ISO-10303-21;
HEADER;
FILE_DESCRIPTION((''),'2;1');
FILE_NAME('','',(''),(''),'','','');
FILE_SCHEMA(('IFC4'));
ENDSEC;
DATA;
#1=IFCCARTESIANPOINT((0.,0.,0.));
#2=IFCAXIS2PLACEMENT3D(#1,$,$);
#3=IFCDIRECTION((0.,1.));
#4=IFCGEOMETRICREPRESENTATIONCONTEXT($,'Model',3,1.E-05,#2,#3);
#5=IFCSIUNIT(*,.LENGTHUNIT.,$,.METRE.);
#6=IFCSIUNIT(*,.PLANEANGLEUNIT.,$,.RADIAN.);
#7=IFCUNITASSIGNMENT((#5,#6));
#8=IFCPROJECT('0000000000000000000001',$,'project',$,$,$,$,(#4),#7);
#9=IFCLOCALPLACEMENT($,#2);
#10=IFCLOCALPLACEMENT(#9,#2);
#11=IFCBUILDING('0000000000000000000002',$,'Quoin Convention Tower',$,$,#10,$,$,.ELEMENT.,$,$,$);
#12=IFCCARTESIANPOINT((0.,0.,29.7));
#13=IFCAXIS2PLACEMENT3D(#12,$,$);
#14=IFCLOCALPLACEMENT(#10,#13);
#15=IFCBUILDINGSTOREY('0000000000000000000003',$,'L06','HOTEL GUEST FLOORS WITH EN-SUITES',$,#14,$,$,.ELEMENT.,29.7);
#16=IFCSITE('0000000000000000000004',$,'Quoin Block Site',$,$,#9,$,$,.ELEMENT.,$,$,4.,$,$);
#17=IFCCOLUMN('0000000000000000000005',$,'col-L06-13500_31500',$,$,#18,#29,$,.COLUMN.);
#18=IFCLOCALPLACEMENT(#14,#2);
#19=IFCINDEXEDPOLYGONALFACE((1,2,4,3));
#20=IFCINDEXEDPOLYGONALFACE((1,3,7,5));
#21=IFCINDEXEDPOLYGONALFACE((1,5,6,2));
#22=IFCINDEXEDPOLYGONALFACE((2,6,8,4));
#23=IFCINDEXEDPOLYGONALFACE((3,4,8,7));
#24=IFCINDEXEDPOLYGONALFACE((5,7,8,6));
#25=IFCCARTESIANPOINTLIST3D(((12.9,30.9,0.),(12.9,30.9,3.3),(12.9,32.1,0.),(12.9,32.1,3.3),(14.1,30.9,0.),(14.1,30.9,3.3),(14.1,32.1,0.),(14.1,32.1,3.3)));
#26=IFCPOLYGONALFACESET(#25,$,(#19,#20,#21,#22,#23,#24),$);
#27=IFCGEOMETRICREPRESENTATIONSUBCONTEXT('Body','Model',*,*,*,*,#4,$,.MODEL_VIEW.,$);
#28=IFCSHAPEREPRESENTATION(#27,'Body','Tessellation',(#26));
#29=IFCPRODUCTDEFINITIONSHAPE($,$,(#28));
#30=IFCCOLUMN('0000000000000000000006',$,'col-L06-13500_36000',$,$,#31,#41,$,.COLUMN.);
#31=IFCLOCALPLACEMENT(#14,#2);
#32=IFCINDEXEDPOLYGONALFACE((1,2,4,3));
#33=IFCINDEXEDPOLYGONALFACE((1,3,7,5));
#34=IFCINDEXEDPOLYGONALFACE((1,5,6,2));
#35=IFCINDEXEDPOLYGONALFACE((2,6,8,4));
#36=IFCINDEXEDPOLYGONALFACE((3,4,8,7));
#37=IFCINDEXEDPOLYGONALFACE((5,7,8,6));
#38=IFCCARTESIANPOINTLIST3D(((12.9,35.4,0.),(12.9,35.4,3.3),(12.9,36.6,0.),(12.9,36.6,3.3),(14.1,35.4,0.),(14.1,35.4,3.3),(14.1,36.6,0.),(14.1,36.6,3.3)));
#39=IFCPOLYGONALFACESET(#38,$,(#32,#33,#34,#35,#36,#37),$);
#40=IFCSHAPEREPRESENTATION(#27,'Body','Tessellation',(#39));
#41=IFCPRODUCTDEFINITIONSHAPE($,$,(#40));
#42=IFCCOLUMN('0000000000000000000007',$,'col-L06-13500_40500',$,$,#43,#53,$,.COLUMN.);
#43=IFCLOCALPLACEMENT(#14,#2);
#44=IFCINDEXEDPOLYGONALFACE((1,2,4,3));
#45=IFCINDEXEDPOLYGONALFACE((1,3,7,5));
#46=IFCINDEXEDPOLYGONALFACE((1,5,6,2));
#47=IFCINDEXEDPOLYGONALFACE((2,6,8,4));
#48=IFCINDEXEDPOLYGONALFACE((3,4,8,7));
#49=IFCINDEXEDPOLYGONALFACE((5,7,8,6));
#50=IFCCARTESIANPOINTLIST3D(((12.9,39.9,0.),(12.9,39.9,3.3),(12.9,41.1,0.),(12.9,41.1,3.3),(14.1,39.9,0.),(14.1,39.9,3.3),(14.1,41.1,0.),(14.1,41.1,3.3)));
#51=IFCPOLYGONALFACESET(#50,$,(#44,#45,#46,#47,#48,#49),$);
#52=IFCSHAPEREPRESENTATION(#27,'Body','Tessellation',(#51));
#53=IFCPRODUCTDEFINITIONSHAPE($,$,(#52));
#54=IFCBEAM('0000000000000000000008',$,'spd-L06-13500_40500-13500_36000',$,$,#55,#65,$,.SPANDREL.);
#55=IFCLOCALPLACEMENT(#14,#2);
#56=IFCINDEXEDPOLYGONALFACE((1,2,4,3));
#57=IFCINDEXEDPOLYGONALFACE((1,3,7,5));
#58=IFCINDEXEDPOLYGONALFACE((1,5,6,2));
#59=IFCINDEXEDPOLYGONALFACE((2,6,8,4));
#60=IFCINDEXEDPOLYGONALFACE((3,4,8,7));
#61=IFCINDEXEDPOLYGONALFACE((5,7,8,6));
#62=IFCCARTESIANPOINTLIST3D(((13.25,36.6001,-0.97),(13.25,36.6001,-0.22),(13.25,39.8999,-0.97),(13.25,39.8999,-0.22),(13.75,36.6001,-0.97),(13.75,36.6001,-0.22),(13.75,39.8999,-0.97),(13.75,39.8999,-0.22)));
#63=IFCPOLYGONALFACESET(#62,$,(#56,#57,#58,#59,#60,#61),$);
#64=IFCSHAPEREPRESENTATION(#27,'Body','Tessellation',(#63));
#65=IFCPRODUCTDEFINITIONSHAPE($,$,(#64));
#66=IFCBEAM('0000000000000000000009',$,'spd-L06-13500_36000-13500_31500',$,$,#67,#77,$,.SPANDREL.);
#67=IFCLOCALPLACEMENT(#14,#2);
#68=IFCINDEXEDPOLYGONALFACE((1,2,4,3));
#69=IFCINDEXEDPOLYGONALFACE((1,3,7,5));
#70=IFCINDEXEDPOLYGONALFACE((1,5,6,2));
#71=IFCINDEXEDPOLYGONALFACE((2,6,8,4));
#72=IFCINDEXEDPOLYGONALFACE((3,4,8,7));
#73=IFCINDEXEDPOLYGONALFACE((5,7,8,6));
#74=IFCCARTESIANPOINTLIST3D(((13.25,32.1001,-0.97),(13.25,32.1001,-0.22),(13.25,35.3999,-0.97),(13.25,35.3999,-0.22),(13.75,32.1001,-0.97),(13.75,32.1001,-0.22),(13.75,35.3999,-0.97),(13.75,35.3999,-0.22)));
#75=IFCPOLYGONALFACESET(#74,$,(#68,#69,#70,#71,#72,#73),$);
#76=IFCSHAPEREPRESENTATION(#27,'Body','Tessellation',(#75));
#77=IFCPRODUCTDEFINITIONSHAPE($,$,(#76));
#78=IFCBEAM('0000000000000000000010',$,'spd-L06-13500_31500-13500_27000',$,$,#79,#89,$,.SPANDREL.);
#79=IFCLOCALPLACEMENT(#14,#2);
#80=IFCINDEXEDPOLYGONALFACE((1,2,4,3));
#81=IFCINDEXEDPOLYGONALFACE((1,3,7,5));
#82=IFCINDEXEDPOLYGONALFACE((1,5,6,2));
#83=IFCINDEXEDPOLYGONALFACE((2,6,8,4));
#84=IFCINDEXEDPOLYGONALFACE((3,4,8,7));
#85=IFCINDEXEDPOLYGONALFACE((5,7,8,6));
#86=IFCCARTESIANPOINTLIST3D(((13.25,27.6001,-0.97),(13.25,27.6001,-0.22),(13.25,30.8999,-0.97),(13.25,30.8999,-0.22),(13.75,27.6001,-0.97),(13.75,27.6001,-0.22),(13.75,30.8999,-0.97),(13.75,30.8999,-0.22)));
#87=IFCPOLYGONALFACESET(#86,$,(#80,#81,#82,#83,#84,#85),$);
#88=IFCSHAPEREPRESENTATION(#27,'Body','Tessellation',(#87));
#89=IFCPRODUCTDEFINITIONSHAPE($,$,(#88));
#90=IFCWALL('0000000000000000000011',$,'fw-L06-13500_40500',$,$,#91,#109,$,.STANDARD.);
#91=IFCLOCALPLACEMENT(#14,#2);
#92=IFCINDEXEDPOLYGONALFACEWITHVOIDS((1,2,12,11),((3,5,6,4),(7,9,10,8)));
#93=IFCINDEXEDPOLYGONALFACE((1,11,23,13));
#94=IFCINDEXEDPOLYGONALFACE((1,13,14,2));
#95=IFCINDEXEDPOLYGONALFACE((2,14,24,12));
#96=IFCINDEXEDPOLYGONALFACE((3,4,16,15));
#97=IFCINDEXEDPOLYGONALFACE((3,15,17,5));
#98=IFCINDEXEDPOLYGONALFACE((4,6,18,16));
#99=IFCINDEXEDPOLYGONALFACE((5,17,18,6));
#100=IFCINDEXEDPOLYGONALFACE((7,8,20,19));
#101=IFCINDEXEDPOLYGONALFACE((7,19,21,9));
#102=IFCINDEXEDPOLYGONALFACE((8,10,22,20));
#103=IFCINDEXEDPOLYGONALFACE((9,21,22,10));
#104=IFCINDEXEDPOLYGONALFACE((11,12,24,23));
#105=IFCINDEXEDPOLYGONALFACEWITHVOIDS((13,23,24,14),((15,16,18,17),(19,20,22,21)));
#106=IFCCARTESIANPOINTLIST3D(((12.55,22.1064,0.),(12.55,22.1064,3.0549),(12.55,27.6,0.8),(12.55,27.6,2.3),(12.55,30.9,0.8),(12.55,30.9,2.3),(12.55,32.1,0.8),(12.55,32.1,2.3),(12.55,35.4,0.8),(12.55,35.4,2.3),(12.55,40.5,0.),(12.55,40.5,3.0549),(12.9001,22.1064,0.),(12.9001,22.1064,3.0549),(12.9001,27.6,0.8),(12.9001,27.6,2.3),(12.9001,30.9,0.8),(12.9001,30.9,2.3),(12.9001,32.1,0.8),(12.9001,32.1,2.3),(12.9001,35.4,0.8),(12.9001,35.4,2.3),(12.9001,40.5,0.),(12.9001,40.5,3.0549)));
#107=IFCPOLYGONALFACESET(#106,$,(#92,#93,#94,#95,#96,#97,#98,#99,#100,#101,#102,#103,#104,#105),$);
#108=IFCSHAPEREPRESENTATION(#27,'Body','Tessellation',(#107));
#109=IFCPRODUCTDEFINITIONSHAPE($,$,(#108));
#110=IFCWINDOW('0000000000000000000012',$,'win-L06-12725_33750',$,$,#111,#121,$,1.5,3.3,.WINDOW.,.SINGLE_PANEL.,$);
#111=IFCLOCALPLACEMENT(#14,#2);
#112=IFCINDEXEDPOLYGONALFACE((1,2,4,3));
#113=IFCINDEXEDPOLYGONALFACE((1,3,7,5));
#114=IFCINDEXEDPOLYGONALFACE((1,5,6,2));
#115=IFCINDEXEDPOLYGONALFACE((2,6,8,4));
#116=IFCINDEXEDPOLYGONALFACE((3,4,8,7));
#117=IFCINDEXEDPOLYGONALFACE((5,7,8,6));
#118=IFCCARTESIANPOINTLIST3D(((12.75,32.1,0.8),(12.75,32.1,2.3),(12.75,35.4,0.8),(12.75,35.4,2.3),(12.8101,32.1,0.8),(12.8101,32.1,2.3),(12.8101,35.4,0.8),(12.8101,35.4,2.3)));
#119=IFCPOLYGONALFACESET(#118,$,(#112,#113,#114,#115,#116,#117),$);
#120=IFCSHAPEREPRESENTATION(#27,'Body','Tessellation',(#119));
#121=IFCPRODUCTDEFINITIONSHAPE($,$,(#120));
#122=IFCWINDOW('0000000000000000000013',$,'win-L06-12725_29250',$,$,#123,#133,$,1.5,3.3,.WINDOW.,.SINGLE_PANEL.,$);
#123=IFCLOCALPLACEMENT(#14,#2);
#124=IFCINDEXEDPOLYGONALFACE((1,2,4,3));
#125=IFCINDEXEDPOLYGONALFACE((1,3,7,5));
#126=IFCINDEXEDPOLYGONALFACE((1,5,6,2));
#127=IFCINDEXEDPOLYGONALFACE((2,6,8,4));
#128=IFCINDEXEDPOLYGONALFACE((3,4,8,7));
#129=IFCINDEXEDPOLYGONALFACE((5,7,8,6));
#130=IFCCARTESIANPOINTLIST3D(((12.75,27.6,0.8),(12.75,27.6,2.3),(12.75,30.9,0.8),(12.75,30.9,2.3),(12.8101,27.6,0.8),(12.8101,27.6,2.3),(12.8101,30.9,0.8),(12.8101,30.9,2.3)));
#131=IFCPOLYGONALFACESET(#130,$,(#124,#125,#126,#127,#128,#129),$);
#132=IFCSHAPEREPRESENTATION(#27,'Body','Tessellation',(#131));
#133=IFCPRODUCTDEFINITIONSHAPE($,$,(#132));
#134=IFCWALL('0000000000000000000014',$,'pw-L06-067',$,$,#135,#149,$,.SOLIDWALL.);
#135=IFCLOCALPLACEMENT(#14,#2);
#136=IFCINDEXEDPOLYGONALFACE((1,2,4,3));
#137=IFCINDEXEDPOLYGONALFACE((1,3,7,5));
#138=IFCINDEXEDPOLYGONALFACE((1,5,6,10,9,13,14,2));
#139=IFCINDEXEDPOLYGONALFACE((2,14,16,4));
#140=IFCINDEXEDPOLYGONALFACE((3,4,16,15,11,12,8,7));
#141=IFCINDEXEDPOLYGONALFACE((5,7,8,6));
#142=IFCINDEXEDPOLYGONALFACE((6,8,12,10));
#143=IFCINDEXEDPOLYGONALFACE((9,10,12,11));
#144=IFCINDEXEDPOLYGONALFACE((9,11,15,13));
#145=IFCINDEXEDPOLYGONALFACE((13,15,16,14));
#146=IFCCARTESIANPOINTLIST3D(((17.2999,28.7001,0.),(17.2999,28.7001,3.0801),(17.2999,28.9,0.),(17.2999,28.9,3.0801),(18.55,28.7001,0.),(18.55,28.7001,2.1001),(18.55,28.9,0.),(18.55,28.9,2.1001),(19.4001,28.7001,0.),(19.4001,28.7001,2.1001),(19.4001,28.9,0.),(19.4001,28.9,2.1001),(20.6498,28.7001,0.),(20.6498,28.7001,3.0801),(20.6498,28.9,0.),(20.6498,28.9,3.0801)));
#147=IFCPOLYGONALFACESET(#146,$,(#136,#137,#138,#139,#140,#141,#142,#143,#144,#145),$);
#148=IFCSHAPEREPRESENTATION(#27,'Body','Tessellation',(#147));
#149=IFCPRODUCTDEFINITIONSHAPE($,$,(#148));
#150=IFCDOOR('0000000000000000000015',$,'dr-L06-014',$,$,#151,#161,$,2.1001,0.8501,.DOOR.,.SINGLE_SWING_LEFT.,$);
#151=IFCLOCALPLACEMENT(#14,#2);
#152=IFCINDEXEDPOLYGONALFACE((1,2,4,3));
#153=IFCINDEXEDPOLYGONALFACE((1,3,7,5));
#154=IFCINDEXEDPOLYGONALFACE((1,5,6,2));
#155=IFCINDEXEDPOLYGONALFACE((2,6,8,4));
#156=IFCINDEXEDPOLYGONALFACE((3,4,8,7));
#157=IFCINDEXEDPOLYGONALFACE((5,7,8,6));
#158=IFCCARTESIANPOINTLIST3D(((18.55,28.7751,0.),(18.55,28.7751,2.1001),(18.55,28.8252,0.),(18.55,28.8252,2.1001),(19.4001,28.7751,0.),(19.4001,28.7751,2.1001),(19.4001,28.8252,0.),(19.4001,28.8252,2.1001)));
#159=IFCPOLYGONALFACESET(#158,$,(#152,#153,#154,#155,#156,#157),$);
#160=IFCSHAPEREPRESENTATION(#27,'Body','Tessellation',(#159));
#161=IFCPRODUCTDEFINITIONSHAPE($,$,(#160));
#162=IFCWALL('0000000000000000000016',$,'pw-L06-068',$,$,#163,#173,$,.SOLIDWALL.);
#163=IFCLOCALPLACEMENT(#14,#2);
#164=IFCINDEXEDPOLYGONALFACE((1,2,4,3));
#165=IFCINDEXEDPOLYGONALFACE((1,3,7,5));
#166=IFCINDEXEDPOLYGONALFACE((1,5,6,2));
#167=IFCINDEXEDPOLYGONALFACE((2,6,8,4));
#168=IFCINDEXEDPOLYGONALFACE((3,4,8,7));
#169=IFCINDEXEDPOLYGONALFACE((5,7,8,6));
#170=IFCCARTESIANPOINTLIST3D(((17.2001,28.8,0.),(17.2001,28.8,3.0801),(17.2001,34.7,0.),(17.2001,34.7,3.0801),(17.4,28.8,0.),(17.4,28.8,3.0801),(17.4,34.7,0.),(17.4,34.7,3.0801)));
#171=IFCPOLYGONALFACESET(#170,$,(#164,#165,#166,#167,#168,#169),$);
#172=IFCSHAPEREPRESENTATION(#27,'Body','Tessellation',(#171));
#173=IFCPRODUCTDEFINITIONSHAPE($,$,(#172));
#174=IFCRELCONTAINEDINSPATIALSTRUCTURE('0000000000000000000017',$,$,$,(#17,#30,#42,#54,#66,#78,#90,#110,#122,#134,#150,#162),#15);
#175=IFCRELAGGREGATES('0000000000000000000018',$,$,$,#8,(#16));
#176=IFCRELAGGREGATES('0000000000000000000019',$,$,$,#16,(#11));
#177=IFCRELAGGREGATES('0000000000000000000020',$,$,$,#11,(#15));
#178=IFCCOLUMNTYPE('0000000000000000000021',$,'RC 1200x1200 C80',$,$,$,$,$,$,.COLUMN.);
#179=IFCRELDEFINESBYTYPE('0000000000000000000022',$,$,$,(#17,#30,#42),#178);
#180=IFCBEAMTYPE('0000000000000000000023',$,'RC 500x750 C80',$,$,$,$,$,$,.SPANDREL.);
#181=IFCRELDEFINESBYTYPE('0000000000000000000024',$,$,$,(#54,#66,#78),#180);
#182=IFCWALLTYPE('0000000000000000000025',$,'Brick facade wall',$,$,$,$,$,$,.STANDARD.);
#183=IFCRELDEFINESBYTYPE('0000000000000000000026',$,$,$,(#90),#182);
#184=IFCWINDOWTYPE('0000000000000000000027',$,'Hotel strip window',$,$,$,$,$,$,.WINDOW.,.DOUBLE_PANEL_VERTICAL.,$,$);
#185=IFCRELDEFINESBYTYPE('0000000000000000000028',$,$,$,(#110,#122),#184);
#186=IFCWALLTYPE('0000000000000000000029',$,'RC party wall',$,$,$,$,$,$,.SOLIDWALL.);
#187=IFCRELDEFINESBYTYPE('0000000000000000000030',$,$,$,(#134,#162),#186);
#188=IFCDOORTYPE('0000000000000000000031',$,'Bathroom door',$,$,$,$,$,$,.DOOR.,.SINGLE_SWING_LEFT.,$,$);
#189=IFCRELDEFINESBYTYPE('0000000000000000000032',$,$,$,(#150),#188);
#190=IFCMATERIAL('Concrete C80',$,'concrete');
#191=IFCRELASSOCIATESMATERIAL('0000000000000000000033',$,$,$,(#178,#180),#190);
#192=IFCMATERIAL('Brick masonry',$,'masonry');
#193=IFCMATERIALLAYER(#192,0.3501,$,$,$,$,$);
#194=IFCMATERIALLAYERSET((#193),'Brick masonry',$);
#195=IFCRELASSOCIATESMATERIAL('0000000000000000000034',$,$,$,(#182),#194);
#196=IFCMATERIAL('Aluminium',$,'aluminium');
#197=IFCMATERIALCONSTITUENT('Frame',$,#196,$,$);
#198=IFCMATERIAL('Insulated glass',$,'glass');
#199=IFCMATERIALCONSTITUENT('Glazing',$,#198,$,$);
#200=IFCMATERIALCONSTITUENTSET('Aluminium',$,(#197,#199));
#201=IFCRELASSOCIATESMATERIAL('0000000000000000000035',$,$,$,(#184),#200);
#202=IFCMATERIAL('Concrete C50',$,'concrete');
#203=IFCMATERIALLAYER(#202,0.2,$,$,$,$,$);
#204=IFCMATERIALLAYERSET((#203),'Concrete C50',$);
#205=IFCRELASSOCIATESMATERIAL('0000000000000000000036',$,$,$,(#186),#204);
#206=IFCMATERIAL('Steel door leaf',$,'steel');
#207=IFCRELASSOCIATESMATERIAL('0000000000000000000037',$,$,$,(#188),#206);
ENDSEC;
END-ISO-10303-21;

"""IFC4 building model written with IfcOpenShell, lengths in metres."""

from ifc_helpers import new_model, si_unit, direction, frame, frame_2d, origin, origin_2d, place, context, subcontext, project, spatial, rectangle, extrude, material, layer, layer_set, constituent, constituent_set, material_profile, profile_set, type_object, element, fill, save


model = new_model("IFC4")

# Units and contexts
model_context = context("Model", 3, precision=1e-05, world=origin(), true_north=direction((0.0, 1.0)))
body_context = subcontext(model_context, "Body", "Model", "MODEL_VIEW")
ifc_project = project(units=[si_unit("LENGTHUNIT", "METRE"), si_unit("PLANEANGLEUNIT", "RADIAN")], contexts=[model_context])

# Site, building, storey
site_placement = place(None, origin())
site = spatial("IfcSite", under=ifc_project, at=site_placement, Name="Quoin Block Site", CompositionType="ELEMENT", RefElevation=4.0)
building_placement = place(site_placement, origin())
building = spatial("IfcBuilding", under=site, at=building_placement, Name="Quoin Convention Tower", CompositionType="ELEMENT")
storey_placement = place(building_placement, frame((0.0, 0.0, 29.7)))
storey = spatial("IfcBuildingStorey", under=building, at=storey_placement, Name="L06", Description="HOTEL GUEST FLOORS WITH EN-SUITES", CompositionType="ELEMENT", Elevation=29.7)

# Columns
ifc_material_1 = material(Name="Concrete C80", Category="concrete")
ifc_material_profile_1 = material_profile(ifc_material_1, rectangle(XDim=1.2, YDim=1.2, at=origin_2d()), Name="RC 1200x1200")
ifc_profile_set_1 = profile_set([ifc_material_profile_1], Name="Concrete C80")
column_type = type_object("IfcColumnType", Name="RC 1200x1200 C80", PredefinedType="COLUMN", material=ifc_profile_set_1)
for number, where, z_axis, x_axis, name in (
    (1, (13.5, 31.5, 0.0), (0.0, 0.0, 1.0), (1.0, 0.0, 0.0), "col-L06-13500_31500"),
    (2, (13.5, 36.0, 0.0), (0.0, 0.0, 1.0), (1.0, 0.0, 0.0), "col-L06-13500_36000"),
    (3, (13.5, 40.5, 0.0), (0.0, 0.0, 1.0), (1.0, 0.0, 0.0), "col-L06-13500_40500"),
):
    element("IfcColumn", number, at=place(storey_placement, frame(where, z_axis=z_axis, x_axis=x_axis)), inside=storey, type_object=column_type, Name=name, PredefinedType="COLUMN", context=body_context, shape_type="SweptSolid", body=[
        extrude(rectangle(XDim=1.2, YDim=1.2, at=origin_2d()), origin(), (0.0, 0.0, 1.0), 3.3),
    ])

# Beams
ifc_material_profile_2 = material_profile(ifc_material_1, rectangle(XDim=0.5, YDim=0.75, at=origin_2d()), Name="RC 500x750")
ifc_profile_set_2 = profile_set([ifc_material_profile_2], Name="Concrete C80")
beam_type = type_object("IfcBeamType", Name="RC 500x750 C80", PredefinedType="SPANDREL", material=ifc_profile_set_2)
for number, where, z_axis, x_axis, name in (
    (4, (13.5, 39.8999, -0.595), (0.0, -1.0, 0.0), (1.0, 0.0, 0.0), "spd-L06-13500_40500-13500_36000"),
    (5, (13.5, 35.3999, -0.595), (0.0, -1.0, 0.0), (1.0, 0.0, 0.0), "spd-L06-13500_36000-13500_31500"),
    (6, (13.5, 30.8999, -0.595), (0.0, -1.0, 0.0), (1.0, 0.0, 0.0), "spd-L06-13500_31500-13500_27000"),
):
    element("IfcBeam", number, at=place(storey_placement, frame(where, z_axis=z_axis, x_axis=x_axis)), inside=storey, type_object=beam_type, Name=name, PredefinedType="SPANDREL", context=body_context, shape_type="SweptSolid", body=[
        extrude(rectangle(XDim=0.5, YDim=0.75, at=origin_2d()), origin(), (0.0, 0.0, 1.0), 3.2998),
    ])

# Wall, openings, windows
ifc_material_2 = material(Name="Brick masonry", Category="masonry")
ifc_layer_1 = layer(ifc_material_2, 0.3501)
ifc_layer_set_1 = layer_set([ifc_layer_1], Name="Brick masonry")
wall_type_1 = type_object("IfcWallType", Name="Brick facade wall", PredefinedType="STANDARD", material=ifc_layer_set_1)
wall_1_placement = place(storey_placement, frame((12.7251, 40.5, 0.0), z_axis=(0.0, 0.0, 1.0), x_axis=(0.0, -1.0, 0.0)))
wall_1 = element("IfcWall", 7, at=wall_1_placement, inside=storey, type_object=wall_type_1, Name="fw-L06-13500_40500", PredefinedType="STANDARD", context=body_context, shape_type="SweptSolid", body=[
    extrude(rectangle(XDim=18.3936, YDim=0.3501, at=frame_2d((9.1968, 0.0))), origin(), (0.0, 0.0, 1.0), 3.0549),
])
opening_1_placement = place(wall_1_placement, frame((5.1001, 0.0, 0.8)))
opening_1 = element("IfcOpeningElement", 8, at=opening_1_placement, cuts=wall_1, PredefinedType="OPENING", context=body_context, shape_type="SweptSolid", body=[
    extrude(rectangle(XDim=3.3, YDim=1.5, at=frame_2d((1.6499, 0.75))), frame((0.0, 0.1851, 0.0), z_axis=(0.0, -1.0, 0.0), x_axis=(1.0, 0.0, 0.0)), (0.0, 0.0, 1.0), 0.3701),
])
opening_2_placement = place(wall_1_placement, frame((9.6001, 0.0, 0.8)))
opening_2 = element("IfcOpeningElement", 9, at=opening_2_placement, cuts=wall_1, PredefinedType="OPENING", context=body_context, shape_type="SweptSolid", body=[
    extrude(rectangle(XDim=3.3, YDim=1.5, at=frame_2d((1.6499, 0.75))), frame((0.0, 0.1851, 0.0), z_axis=(0.0, -1.0, 0.0), x_axis=(1.0, 0.0, 0.0)), (0.0, 0.0, 1.0), 0.3701),
])
ifc_material_3 = material(Name="Aluminium", Category="aluminium")
ifc_constituent_1 = constituent(ifc_material_3, Name="Frame")
ifc_material_4 = material(Name="Insulated glass", Category="glass")
ifc_constituent_2 = constituent(ifc_material_4, Name="Glazing")
ifc_constituent_set = constituent_set(constituents=[ifc_constituent_1, ifc_constituent_2], Name="Aluminium")
window_type = type_object("IfcWindowType", Name="Hotel strip window", PartitioningType="DOUBLE_PANEL_VERTICAL", PredefinedType="WINDOW", material=ifc_constituent_set)
window_1_placement = place(opening_1_placement, origin())
window_1 = element("IfcWindow", 10, at=window_1_placement, inside=storey, type_object=window_type, Name="win-L06-12725_33750", OverallHeight=1.5, OverallWidth=3.3, PartitioningType="SINGLE_PANEL", PredefinedType="WINDOW", context=body_context, shape_type="SweptSolid", body=[
    extrude(rectangle(XDim=3.3, YDim=1.5, at=frame_2d((1.6499, 0.75))), frame((0.0, 0.085, 0.0), z_axis=(0.0, -1.0, 0.0), x_axis=(1.0, 0.0, 0.0)), (0.0, 0.0, 1.0), 0.0601),
])
fill(opening_1, window_1)
window_2_placement = place(opening_2_placement, origin())
window_2 = element("IfcWindow", 11, at=window_2_placement, inside=storey, type_object=window_type, Name="win-L06-12725_29250", OverallHeight=1.5, OverallWidth=3.3, PartitioningType="SINGLE_PANEL", PredefinedType="WINDOW", context=body_context, shape_type="SweptSolid", body=[
    extrude(rectangle(XDim=3.3, YDim=1.5, at=frame_2d((1.6499, 0.75))), frame((0.0, 0.085, 0.0), z_axis=(0.0, -1.0, 0.0), x_axis=(1.0, 0.0, 0.0)), (0.0, 0.0, 1.0), 0.0601),
])
fill(opening_2, window_2)

# Wall, opening, door
ifc_material_5 = material(Name="Concrete C50", Category="concrete")
ifc_layer_2 = layer(ifc_material_5, 0.2)
ifc_layer_set_2 = layer_set([ifc_layer_2], Name="Concrete C50")
wall_type_2 = type_object("IfcWallType", Name="RC party wall", PredefinedType="SOLIDWALL", material=ifc_layer_set_2)
wall_2_placement = place(storey_placement, frame((17.3, 28.8, 0.0), z_axis=(0.0, 0.0, 1.0), x_axis=(1.0, 0.0, 0.0)))
wall_2 = element("IfcWall", 12, at=wall_2_placement, inside=storey, type_object=wall_type_2, Name="pw-L06-067", PredefinedType="SOLIDWALL", context=body_context, shape_type="SweptSolid", body=[
    extrude(rectangle(XDim=3.3499, YDim=0.2, at=frame_2d((1.6748, 0.0))), origin(), (0.0, 0.0, 1.0), 3.0801),
])
opening_3_placement = place(wall_2_placement, frame((1.25, 0.0, 0.0)))
opening_3 = element("IfcOpeningElement", 13, at=opening_3_placement, cuts=wall_2, PredefinedType="OPENING", context=body_context, shape_type="SweptSolid", body=[
    extrude(rectangle(XDim=0.8501, YDim=2.1001, at=frame_2d((0.425, 1.05))), frame((0.0, 0.1099, 0.0), z_axis=(0.0, -1.0, 0.0), x_axis=(1.0, 0.0, 0.0)), (0.0, 0.0, 1.0), 0.22),
])
ifc_material_6 = material(Name="Steel door leaf", Category="steel")
door_type_1 = type_object("IfcDoorType", Name="Bathroom door", OperationType="SINGLE_SWING_LEFT", PredefinedType="DOOR", material=ifc_material_6)
door_1_placement = place(opening_3_placement, frame((0.8501, 0.0, 0.0), z_axis=(0.0, 0.0, 1.0), x_axis=(-1.0, 0.0, 0.0)))
door_1 = element("IfcDoor", 14, at=door_1_placement, inside=storey, type_object=door_type_1, Name="dr-L06-014", OperationType="SINGLE_SWING_LEFT", OverallHeight=2.1001, OverallWidth=0.8501, PredefinedType="DOOR", context=body_context, shape_type="SweptSolid", body=[
    extrude(rectangle(XDim=0.8501, YDim=2.1001, at=frame_2d((0.425, 1.05))), frame((0.0, 0.0249, 0.0), z_axis=(0.0, -1.0, 0.0), x_axis=(1.0, 0.0, 0.0)), (0.0, 0.0, 1.0), 0.05),
])
fill(opening_3, door_1)

# Wall
wall_3_placement = place(storey_placement, frame((17.3, 28.8, 0.0), z_axis=(0.0, 0.0, 1.0), x_axis=(0.0, 1.0, 0.0)))
element("IfcWall", 15, at=wall_3_placement, inside=storey, type_object=wall_type_2, Name="pw-L06-068", PredefinedType="SOLIDWALL", context=body_context, shape_type="SweptSolid", body=[
    extrude(rectangle(XDim=5.8999, YDim=0.2, at=frame_2d((2.95, 0.0))), origin(), (0.0, 0.0, 1.0), 3.0801),
])

save(model, "model.ifc")
